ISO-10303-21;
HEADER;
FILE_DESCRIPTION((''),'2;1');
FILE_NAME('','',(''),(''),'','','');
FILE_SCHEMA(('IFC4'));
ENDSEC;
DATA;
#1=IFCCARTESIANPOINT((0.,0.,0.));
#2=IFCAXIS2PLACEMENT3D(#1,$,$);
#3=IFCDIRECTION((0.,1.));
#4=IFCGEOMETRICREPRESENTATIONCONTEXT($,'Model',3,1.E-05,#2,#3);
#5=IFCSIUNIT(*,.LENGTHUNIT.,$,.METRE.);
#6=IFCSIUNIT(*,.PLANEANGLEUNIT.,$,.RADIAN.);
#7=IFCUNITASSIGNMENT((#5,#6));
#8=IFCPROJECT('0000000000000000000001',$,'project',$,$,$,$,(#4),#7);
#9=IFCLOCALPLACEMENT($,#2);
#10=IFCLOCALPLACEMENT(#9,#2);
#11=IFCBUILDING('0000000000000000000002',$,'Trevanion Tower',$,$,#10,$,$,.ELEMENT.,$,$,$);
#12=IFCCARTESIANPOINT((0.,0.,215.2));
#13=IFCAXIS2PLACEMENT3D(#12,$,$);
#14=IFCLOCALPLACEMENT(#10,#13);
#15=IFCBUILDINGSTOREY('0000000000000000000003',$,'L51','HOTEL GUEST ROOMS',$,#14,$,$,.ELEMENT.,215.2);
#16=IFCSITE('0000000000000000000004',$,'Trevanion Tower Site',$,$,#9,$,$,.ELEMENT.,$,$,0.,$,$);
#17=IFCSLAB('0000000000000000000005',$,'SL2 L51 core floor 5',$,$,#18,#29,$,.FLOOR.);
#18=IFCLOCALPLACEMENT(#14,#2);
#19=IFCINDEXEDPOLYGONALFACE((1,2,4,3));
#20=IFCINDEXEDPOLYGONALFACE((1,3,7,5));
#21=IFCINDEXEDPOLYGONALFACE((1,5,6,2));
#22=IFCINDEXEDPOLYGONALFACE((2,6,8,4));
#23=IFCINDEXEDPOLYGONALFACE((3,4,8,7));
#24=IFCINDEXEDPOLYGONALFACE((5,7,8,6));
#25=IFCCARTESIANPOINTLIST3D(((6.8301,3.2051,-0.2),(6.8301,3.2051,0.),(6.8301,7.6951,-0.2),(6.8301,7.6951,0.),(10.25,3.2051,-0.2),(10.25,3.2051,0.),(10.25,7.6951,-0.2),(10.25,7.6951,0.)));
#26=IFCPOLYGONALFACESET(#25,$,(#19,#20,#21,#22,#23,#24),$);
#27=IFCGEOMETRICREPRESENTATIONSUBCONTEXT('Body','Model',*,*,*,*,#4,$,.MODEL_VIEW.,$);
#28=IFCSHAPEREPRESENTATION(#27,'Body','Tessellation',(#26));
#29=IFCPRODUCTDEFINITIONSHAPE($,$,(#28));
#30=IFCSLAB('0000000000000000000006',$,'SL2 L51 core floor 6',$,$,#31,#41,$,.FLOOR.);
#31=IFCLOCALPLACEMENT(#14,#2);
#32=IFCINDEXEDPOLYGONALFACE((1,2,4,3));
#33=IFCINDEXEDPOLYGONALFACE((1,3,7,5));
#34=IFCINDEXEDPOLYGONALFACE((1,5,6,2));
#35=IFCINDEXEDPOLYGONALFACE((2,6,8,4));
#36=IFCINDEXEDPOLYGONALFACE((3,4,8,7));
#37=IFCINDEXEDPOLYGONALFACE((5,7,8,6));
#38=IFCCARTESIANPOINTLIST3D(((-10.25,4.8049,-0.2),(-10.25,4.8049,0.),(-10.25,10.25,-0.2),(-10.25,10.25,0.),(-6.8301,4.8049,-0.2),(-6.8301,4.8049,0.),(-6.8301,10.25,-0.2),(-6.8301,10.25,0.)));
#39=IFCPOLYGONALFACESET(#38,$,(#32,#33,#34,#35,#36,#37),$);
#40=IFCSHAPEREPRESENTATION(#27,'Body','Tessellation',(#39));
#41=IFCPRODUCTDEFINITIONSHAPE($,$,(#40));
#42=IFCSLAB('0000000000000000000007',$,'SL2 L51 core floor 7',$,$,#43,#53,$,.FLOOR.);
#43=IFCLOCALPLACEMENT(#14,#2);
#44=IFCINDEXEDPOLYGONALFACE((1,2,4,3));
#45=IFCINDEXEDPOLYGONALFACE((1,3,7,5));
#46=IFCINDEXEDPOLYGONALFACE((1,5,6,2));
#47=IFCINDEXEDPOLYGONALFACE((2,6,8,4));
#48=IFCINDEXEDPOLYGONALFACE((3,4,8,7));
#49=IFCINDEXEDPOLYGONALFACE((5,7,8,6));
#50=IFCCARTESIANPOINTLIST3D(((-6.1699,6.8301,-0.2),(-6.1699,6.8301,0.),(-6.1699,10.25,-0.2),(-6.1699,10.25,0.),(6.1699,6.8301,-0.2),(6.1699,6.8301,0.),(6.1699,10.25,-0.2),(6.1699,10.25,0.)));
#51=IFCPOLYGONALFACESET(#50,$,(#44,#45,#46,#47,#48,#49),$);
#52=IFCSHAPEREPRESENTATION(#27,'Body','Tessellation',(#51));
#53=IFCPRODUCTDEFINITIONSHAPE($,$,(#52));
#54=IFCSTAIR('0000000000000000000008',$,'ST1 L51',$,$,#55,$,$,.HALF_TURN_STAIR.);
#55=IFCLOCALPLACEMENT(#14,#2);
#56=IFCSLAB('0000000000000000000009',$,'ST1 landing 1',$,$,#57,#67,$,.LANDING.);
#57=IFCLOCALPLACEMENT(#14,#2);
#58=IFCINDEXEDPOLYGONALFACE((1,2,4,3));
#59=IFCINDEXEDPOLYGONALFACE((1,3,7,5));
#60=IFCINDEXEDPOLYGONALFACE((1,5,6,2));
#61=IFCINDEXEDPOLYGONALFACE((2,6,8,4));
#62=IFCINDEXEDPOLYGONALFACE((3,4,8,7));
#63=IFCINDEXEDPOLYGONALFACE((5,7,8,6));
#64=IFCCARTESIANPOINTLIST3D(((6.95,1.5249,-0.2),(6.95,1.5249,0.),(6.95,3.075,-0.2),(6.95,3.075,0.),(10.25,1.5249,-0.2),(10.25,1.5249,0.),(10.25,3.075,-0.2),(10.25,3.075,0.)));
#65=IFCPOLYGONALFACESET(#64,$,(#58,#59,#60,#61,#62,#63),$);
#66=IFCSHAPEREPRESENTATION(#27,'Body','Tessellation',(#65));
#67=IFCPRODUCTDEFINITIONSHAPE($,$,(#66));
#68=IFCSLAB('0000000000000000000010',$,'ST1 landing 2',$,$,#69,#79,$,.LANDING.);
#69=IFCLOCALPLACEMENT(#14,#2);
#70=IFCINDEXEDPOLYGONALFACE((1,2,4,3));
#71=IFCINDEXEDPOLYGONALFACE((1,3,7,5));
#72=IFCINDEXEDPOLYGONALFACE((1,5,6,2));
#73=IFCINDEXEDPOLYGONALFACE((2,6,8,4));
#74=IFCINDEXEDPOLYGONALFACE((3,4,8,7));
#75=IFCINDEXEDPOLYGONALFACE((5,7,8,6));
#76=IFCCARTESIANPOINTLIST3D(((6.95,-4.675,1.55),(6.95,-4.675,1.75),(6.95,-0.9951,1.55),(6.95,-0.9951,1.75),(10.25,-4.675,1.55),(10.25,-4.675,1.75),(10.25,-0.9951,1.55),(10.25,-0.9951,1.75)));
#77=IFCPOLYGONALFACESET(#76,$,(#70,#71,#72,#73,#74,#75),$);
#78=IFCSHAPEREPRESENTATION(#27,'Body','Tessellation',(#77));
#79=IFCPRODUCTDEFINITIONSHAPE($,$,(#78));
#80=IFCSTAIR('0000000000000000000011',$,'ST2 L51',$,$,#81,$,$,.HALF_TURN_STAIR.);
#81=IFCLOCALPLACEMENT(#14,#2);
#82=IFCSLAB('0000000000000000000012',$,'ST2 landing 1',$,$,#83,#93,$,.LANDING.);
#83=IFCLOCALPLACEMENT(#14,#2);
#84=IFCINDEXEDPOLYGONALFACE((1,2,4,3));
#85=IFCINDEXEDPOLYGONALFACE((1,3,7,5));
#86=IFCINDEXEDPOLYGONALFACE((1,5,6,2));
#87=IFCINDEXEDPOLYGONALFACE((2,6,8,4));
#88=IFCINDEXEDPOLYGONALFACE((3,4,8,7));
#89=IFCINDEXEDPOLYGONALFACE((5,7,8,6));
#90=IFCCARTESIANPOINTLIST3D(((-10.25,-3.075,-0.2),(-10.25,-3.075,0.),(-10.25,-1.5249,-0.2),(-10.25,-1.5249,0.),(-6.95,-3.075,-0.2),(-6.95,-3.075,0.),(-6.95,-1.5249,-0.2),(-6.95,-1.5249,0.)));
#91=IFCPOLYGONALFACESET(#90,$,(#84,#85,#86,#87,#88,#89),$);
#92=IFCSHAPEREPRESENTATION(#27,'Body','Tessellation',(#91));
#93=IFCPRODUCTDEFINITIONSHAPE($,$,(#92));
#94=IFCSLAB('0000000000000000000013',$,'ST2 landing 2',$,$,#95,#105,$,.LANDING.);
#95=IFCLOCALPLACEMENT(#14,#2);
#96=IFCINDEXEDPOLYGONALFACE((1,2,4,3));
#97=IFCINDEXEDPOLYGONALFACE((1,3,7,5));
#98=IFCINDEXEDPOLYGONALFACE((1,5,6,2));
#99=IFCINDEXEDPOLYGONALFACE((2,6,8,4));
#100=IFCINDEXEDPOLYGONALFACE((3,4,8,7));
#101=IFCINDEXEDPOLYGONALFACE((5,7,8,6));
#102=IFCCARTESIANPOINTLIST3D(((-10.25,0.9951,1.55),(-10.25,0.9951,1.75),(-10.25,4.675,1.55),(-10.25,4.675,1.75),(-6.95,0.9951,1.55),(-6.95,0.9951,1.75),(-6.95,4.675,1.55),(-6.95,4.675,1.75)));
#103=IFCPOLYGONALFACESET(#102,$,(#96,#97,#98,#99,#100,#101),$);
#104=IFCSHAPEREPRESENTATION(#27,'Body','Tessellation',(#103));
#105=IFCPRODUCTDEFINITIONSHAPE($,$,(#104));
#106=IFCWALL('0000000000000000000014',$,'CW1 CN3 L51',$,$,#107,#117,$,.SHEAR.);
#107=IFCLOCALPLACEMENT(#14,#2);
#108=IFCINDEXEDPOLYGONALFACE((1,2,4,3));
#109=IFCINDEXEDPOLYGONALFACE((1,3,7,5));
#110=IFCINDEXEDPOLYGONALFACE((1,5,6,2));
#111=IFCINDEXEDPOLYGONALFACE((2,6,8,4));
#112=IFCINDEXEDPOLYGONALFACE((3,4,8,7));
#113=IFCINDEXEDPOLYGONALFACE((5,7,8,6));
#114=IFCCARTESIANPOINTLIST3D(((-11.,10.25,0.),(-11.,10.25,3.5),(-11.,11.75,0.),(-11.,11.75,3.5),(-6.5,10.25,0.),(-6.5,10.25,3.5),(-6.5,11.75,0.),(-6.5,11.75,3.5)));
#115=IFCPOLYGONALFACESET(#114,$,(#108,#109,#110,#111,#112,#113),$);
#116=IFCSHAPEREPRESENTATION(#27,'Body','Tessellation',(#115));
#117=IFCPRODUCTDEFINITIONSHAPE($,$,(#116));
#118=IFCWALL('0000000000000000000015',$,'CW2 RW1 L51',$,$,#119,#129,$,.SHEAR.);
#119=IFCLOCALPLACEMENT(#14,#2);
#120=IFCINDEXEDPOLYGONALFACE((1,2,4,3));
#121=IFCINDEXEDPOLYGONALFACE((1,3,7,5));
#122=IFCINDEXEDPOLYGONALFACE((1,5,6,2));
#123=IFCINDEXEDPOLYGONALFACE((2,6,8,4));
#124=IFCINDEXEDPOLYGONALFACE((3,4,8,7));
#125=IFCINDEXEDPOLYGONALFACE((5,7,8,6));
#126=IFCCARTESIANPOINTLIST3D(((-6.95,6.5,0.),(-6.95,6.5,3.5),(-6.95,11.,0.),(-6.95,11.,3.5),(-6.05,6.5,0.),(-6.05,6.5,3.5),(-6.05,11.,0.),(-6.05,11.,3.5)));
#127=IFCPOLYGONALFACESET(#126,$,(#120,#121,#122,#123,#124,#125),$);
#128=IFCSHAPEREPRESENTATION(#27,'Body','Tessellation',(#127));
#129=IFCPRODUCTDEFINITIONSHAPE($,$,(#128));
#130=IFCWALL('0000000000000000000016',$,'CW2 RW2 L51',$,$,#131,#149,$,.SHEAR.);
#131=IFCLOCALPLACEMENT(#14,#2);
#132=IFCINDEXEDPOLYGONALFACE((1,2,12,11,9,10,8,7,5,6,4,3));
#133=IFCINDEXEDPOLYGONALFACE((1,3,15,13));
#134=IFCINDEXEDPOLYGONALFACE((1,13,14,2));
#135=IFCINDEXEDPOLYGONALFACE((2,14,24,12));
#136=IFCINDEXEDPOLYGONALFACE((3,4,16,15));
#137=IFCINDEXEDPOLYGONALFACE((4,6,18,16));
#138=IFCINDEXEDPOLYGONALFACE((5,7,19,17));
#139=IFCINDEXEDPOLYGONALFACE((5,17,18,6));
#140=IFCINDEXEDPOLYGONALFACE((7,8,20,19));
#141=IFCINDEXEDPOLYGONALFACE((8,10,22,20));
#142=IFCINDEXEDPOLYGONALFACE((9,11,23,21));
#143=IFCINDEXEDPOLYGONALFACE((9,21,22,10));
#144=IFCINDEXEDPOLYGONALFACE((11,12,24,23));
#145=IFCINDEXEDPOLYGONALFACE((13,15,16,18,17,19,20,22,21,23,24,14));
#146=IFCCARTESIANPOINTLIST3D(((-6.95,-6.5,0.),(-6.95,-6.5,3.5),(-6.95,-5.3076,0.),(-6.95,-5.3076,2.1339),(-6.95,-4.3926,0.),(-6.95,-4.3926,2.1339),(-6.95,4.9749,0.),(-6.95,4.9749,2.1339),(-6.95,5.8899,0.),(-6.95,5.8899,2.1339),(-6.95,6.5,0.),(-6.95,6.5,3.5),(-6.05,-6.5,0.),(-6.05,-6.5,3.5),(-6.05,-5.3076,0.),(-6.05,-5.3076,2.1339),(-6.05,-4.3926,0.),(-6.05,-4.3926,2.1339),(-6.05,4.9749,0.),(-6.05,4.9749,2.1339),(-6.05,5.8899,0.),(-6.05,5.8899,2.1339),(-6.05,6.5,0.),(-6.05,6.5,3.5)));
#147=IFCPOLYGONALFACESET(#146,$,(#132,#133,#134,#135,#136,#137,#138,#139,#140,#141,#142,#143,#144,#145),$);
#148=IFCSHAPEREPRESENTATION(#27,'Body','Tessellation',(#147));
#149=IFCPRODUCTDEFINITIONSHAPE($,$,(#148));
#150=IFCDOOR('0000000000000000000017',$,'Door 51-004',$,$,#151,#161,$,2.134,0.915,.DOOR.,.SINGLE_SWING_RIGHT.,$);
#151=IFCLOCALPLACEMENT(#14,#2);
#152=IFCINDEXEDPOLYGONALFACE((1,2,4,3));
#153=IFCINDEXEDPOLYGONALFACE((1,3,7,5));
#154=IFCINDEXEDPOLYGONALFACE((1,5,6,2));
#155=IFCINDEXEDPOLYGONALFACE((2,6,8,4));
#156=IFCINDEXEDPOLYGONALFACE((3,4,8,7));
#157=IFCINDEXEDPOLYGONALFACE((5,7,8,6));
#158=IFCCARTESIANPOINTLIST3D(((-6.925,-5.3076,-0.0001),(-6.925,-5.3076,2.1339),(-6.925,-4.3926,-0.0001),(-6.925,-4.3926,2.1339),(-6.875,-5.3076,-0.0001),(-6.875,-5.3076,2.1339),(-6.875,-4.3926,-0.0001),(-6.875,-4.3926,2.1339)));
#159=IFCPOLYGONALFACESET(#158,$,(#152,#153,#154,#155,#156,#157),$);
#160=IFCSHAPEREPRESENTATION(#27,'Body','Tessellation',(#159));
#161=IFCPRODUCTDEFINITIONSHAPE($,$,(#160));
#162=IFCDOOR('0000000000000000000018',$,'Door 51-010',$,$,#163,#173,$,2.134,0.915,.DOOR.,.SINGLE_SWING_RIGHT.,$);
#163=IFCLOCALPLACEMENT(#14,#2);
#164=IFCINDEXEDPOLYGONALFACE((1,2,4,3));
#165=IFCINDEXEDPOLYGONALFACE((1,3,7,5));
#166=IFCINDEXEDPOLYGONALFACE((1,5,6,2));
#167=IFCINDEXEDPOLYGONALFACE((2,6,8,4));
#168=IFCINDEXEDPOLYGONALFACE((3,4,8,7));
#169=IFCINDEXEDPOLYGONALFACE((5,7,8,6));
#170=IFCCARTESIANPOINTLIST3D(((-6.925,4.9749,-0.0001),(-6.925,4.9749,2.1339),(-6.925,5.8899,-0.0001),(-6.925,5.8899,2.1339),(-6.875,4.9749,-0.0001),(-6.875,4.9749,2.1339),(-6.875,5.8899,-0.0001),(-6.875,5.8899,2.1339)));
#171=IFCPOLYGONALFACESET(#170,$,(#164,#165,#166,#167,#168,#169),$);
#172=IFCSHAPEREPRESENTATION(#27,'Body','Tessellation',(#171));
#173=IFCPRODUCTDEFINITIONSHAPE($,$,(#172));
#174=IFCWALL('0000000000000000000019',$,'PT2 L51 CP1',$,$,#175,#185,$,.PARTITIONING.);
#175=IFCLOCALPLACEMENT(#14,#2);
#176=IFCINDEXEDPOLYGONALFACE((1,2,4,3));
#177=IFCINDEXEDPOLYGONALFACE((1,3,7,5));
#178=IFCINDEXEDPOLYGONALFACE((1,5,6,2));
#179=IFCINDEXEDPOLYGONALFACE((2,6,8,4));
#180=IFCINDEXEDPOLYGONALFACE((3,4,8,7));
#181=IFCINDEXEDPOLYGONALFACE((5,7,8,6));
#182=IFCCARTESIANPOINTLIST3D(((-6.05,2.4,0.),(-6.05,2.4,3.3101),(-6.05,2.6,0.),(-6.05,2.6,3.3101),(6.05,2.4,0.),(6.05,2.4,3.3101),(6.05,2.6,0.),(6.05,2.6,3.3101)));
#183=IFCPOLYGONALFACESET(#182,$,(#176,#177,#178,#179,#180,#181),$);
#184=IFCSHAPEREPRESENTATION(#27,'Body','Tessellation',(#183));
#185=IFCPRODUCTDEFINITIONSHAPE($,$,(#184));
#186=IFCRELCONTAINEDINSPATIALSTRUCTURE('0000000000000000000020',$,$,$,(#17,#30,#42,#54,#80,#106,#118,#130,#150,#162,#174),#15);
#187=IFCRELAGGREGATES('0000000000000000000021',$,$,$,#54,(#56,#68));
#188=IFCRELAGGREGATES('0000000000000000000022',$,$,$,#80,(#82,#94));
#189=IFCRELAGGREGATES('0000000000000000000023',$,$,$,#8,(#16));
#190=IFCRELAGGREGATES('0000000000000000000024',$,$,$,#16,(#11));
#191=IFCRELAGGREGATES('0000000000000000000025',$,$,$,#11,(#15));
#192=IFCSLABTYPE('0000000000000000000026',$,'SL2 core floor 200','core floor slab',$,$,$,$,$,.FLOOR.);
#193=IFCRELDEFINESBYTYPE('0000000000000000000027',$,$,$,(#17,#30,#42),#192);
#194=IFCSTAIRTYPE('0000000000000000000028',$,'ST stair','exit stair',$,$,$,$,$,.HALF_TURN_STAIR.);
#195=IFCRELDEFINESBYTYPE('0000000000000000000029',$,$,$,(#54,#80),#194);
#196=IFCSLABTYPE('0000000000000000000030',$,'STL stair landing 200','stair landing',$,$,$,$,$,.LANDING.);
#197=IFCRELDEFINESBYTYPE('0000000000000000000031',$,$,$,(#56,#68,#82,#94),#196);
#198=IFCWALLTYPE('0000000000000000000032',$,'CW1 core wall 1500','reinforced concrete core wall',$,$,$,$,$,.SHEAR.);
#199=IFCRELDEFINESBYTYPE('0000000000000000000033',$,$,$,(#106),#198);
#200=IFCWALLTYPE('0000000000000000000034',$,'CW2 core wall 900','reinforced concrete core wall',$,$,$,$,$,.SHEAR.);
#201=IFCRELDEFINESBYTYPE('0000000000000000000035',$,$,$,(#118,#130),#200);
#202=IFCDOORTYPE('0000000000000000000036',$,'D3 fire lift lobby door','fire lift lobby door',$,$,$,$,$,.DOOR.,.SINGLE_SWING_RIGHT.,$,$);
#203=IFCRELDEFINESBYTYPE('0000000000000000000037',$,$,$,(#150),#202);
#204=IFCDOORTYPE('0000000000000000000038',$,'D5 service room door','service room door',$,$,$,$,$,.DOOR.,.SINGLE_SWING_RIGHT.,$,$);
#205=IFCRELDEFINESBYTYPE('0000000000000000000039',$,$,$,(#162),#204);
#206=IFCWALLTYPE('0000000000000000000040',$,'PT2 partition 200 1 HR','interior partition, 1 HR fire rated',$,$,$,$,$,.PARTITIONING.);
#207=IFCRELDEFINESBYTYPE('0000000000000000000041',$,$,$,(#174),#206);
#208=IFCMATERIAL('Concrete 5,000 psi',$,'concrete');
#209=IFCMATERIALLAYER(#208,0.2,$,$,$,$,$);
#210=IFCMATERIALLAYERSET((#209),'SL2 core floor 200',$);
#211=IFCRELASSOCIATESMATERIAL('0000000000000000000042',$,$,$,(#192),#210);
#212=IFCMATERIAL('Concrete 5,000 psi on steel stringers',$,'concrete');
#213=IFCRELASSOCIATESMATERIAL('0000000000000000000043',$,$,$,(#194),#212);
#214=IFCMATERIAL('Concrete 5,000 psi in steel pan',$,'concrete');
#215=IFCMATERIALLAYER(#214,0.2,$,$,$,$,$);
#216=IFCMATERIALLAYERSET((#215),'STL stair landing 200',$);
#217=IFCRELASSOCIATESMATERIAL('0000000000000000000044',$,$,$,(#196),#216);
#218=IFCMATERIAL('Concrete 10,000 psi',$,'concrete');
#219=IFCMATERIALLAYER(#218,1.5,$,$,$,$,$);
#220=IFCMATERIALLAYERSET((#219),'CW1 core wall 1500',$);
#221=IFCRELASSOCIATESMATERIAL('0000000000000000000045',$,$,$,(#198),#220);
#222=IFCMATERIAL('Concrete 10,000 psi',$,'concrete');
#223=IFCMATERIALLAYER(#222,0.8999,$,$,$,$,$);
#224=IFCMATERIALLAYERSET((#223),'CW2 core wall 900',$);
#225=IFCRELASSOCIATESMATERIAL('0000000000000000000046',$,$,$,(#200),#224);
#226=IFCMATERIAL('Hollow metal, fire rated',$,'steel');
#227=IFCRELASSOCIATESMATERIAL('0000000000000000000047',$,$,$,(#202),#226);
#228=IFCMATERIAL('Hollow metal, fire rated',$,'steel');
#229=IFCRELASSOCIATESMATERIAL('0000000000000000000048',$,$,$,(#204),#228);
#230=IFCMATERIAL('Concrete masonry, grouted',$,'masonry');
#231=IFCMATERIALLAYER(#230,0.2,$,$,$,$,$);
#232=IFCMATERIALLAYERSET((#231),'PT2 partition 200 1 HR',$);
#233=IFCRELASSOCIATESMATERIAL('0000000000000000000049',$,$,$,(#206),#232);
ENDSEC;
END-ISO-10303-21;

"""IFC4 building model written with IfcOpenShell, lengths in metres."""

from ifc_helpers import new_model, si_unit, direction, frame, frame_2d, origin, place, context, subcontext, project, spatial, polyline, rectangle, outline, extrude, material, layer, layer_set, type_object, element, fill, aggregate, save


model = new_model("IFC4")

# Units and contexts
model_context = context("Model", 3, precision=1e-05, world=origin(), true_north=direction((0.0, 1.0)))
body_context = subcontext(model_context, "Body", "Model", "MODEL_VIEW")
ifc_project = project(units=[si_unit("LENGTHUNIT", "METRE"), si_unit("PLANEANGLEUNIT", "RADIAN")], contexts=[model_context])

# Site, building, storey
site_placement = place(None, origin())
site = spatial("IfcSite", under=ifc_project, at=site_placement, Name="Trevanion Tower Site", CompositionType="ELEMENT", RefElevation=0.0)
building_placement = place(site_placement, origin())
building = spatial("IfcBuilding", under=site, at=building_placement, Name="Trevanion Tower", CompositionType="ELEMENT")
storey_placement = place(building_placement, frame((0.0, 0.0, 215.2)))
storey = spatial("IfcBuildingStorey", under=building, at=storey_placement, Name="L51", Description="HOTEL GUEST ROOMS", CompositionType="ELEMENT", Elevation=215.2)

# Slabs
ifc_material_1 = material(Name="Concrete 5,000 psi", Category="concrete")
ifc_layer_1 = layer(ifc_material_1, 0.2)
ifc_layer_set_1 = layer_set([ifc_layer_1], Name="SL2 core floor 200")
slab_type_1 = type_object("IfcSlabType", Name="SL2 core floor 200", Description="core floor slab", PredefinedType="FLOOR", material=ifc_layer_set_1)
slab_1_placement = place(storey_placement, frame((0.0, 0.0, -0.2)))
element("IfcSlab", 1, at=slab_1_placement, inside=storey, type_object=slab_type_1, Name="SL2 L51 core floor 5", PredefinedType="FLOOR", context=body_context, shape_type="SweptSolid", body=[
    extrude(outline(polyline([(6.8301, 3.2051), (6.8301, 7.6951), (10.25, 7.6951), (10.25, 3.2051), (6.8301, 3.2051)])), origin(), (0.0, 0.0, 1.0), 0.2),
])
slab_2_placement = place(storey_placement, frame((0.0, 0.0, -0.2)))
element("IfcSlab", 2, at=slab_2_placement, inside=storey, type_object=slab_type_1, Name="SL2 L51 core floor 6", PredefinedType="FLOOR", context=body_context, shape_type="SweptSolid", body=[
    extrude(outline(polyline([(-6.8301, 4.8049), (-10.25, 4.8049), (-10.25, 10.25), (-6.8301, 10.25), (-6.8301, 4.8049)])), origin(), (0.0, 0.0, 1.0), 0.2),
])
slab_3_placement = place(storey_placement, frame((0.0, 0.0, -0.2)))
element("IfcSlab", 3, at=slab_3_placement, inside=storey, type_object=slab_type_1, Name="SL2 L51 core floor 7", PredefinedType="FLOOR", context=body_context, shape_type="SweptSolid", body=[
    extrude(outline(polyline([(6.1699, 6.8301), (-6.1699, 6.8301), (-6.1699, 10.25), (6.1699, 10.25), (6.1699, 6.8301)])), origin(), (0.0, 0.0, 1.0), 0.2),
])

# Stairs, slabs
ifc_material_2 = material(Name="Concrete 5,000 psi on steel stringers", Category="concrete")
stair_type = type_object("IfcStairType", Name="ST stair", Description="exit stair", PredefinedType="HALF_TURN_STAIR", material=ifc_material_2)
stair_1_placement = place(storey_placement, origin())
stair_1 = element("IfcStair", 4, at=stair_1_placement, inside=storey, type_object=stair_type, Name="ST1 L51", PredefinedType="HALF_TURN_STAIR")
ifc_material_3 = material(Name="Concrete 5,000 psi in steel pan", Category="concrete")
ifc_layer_2 = layer(ifc_material_3, 0.2)
ifc_layer_set_2 = layer_set([ifc_layer_2], Name="STL stair landing 200")
slab_type_2 = type_object("IfcSlabType", Name="STL stair landing 200", Description="stair landing", PredefinedType="LANDING", material=ifc_layer_set_2)
slab_4_placement = place(storey_placement, frame((0.0, 0.0, -0.2)))
slab_4 = element("IfcSlab", 5, at=slab_4_placement, type_object=slab_type_2, Name="ST1 landing 1", PredefinedType="LANDING", context=body_context, shape_type="SweptSolid", body=[
    extrude(outline(polyline([(6.95, 1.5249), (10.25, 1.5249), (10.25, 3.075), (6.95, 3.075), (6.95, 1.5249)])), origin(), (0.0, 0.0, 1.0), 0.2),
])
slab_5_placement = place(storey_placement, frame((0.0, 0.0, 1.55)))
slab_5 = element("IfcSlab", 6, at=slab_5_placement, type_object=slab_type_2, Name="ST1 landing 2", PredefinedType="LANDING", context=body_context, shape_type="SweptSolid", body=[
    extrude(outline(polyline([(6.95, -4.675), (10.25, -4.675), (10.25, -0.9951), (6.95, -0.9951), (6.95, -4.675)])), origin(), (0.0, 0.0, 1.0), 0.2),
])
aggregate(stair_1, [slab_4, slab_5])
stair_2_placement = place(storey_placement, origin())
stair_2 = element("IfcStair", 7, at=stair_2_placement, inside=storey, type_object=stair_type, Name="ST2 L51", PredefinedType="HALF_TURN_STAIR")
slab_6_placement = place(storey_placement, frame((0.0, 0.0, -0.2)))
slab_6 = element("IfcSlab", 8, at=slab_6_placement, type_object=slab_type_2, Name="ST2 landing 1", PredefinedType="LANDING", context=body_context, shape_type="SweptSolid", body=[
    extrude(outline(polyline([(-6.95, -1.5249), (-10.25, -1.5249), (-10.25, -3.075), (-6.95, -3.075), (-6.95, -1.5249)])), origin(), (0.0, 0.0, 1.0), 0.2),
])
slab_7_placement = place(storey_placement, frame((0.0, 0.0, 1.55)))
slab_7 = element("IfcSlab", 9, at=slab_7_placement, type_object=slab_type_2, Name="ST2 landing 2", PredefinedType="LANDING", context=body_context, shape_type="SweptSolid", body=[
    extrude(outline(polyline([(-6.95, 4.675), (-10.25, 4.675), (-10.25, 0.9951), (-6.95, 0.9951), (-6.95, 4.675)])), origin(), (0.0, 0.0, 1.0), 0.2),
])

# Walls
ifc_material_4 = material(Name="Concrete 10,000 psi", Category="concrete")
ifc_layer_3 = layer(ifc_material_4, 1.5)
ifc_layer_set_3 = layer_set([ifc_layer_3], Name="CW1 core wall 1500")
wall_type_1 = type_object("IfcWallType", Name="CW1 core wall 1500", Description="reinforced concrete core wall", PredefinedType="SHEAR", material=ifc_layer_set_3)
wall_1_placement = place(storey_placement, frame((-6.5, 11.0, 0.0), z_axis=(0.0, 0.0, 1.0), x_axis=(-1.0, 0.0, 0.0)))
element("IfcWall", 10, at=wall_1_placement, inside=storey, type_object=wall_type_1, Name="CW1 CN3 L51", PredefinedType="SHEAR", context=body_context, shape_type="SweptSolid", body=[
    extrude(rectangle(XDim=4.5, YDim=1.5, at=frame_2d((2.25, 0.0))), origin(), (0.0, 0.0, 1.0), 3.5),
])
ifc_material_5 = material(Name="Concrete 10,000 psi", Category="concrete")
ifc_layer_4 = layer(ifc_material_5, 0.8999)
ifc_layer_set_4 = layer_set([ifc_layer_4], Name="CW2 core wall 900")
wall_type_2 = type_object("IfcWallType", Name="CW2 core wall 900", Description="reinforced concrete core wall", PredefinedType="SHEAR", material=ifc_layer_set_4)
wall_2_placement = place(storey_placement, frame((-6.5, 11.0, 0.0), z_axis=(0.0, 0.0, 1.0), x_axis=(0.0, -1.0, 0.0)))
element("IfcWall", 11, at=wall_2_placement, inside=storey, type_object=wall_type_2, Name="CW2 RW1 L51", PredefinedType="SHEAR", context=body_context, shape_type="SweptSolid", body=[
    extrude(rectangle(XDim=4.5, YDim=0.8999, at=frame_2d((2.25, 0.0))), origin(), (0.0, 0.0, 1.0), 3.5),
])

# Wall, openings, doors
wall_3_placement = place(storey_placement, frame((-6.5, 6.5, 0.0), z_axis=(0.0, 0.0, 1.0), x_axis=(0.0, -1.0, 0.0)))
wall_3 = element("IfcWall", 12, at=wall_3_placement, inside=storey, type_object=wall_type_2, Name="CW2 RW2 L51", PredefinedType="SHEAR", context=body_context, shape_type="SweptSolid", body=[
    extrude(rectangle(XDim=13.0, YDim=0.8999, at=frame_2d((6.5, 0.0))), origin(), (0.0, 0.0, 1.0), 3.5),
])
opening_1_placement = place(wall_3_placement, frame((10.8926, 0.0, 0.0)))
opening_1 = element("IfcOpeningElement", 13, at=opening_1_placement, cuts=wall_3, PredefinedType="OPENING", context=body_context, shape_type="SweptSolid", body=[
    extrude(rectangle(XDim=0.915, YDim=2.134, at=frame_2d((0.4575, 1.0669))), frame((0.0, 0.46, 0.0), z_axis=(0.0, -1.0, 0.0), x_axis=(1.0, 0.0, 0.0)), (0.0, 0.0, 1.0), 0.9199),
])
opening_2_placement = place(wall_3_placement, frame((0.6101, 0.0, 0.0)))
opening_2 = element("IfcOpeningElement", 14, at=opening_2_placement, cuts=wall_3, PredefinedType="OPENING", context=body_context, shape_type="SweptSolid", body=[
    extrude(rectangle(XDim=0.915, YDim=2.134, at=frame_2d((0.4575, 1.0669))), frame((0.0, 0.46, 0.0), z_axis=(0.0, -1.0, 0.0), x_axis=(1.0, 0.0, 0.0)), (0.0, 0.0, 1.0), 0.9199),
])
ifc_material_6 = material(Name="Hollow metal, fire rated", Category="steel")
door_type_1 = type_object("IfcDoorType", Name="D3 fire lift lobby door", Description="fire lift lobby door", OperationType="SINGLE_SWING_RIGHT", PredefinedType="DOOR", material=ifc_material_6)
door_1_placement = place(opening_1_placement, origin())
door_1 = element("IfcDoor", 15, at=door_1_placement, inside=storey, type_object=door_type_1, Name="Door 51-004", OperationType="SINGLE_SWING_RIGHT", OverallHeight=2.134, OverallWidth=0.915, PredefinedType="DOOR", context=body_context, shape_type="SweptSolid", body=[
    extrude(rectangle(XDim=0.915, YDim=2.134, at=frame_2d((0.4575, 1.0669))), frame((0.0, -0.375, 0.0), z_axis=(0.0, -1.0, 0.0), x_axis=(1.0, 0.0, 0.0)), (0.0, 0.0, 1.0), 0.05),
])
fill(opening_1, door_1)
ifc_material_7 = material(Name="Hollow metal, fire rated", Category="steel")
door_type_2 = type_object("IfcDoorType", Name="D5 service room door", Description="service room door", OperationType="SINGLE_SWING_RIGHT", PredefinedType="DOOR", material=ifc_material_7)
door_2_placement = place(opening_2_placement, origin())
door_2 = element("IfcDoor", 16, at=door_2_placement, inside=storey, type_object=door_type_2, Name="Door 51-010", OperationType="SINGLE_SWING_RIGHT", OverallHeight=2.134, OverallWidth=0.915, PredefinedType="DOOR", context=body_context, shape_type="SweptSolid", body=[
    extrude(rectangle(XDim=0.915, YDim=2.134, at=frame_2d((0.4575, 1.0669))), frame((0.0, -0.375, 0.0), z_axis=(0.0, -1.0, 0.0), x_axis=(1.0, 0.0, 0.0)), (0.0, 0.0, 1.0), 0.05),
])
fill(opening_2, door_2)

# Wall
ifc_material_8 = material(Name="Concrete masonry, grouted", Category="masonry")
ifc_layer_5 = layer(ifc_material_8, 0.2)
ifc_layer_set_5 = layer_set([ifc_layer_5], Name="PT2 partition 200 1 HR")
wall_type_3 = type_object("IfcWallType", Name="PT2 partition 200 1 HR", Description="interior partition, 1 HR fire rated", PredefinedType="PARTITIONING", material=ifc_layer_set_5)
wall_4_placement = place(storey_placement, frame((-6.05, 2.5, 0.0), z_axis=(0.0, 0.0, 1.0), x_axis=(1.0, 0.0, 0.0)))
element("IfcWall", 17, at=wall_4_placement, inside=storey, type_object=wall_type_3, Name="PT2 L51 CP1", PredefinedType="PARTITIONING", context=body_context, shape_type="SweptSolid", body=[
    extrude(rectangle(XDim=12.1001, YDim=0.2, at=frame_2d((6.05, 0.0))), origin(), (0.0, 0.0, 1.0), 3.3101),
])

aggregate(stair_2, [slab_6, slab_7])

save(model, "model.ifc")
